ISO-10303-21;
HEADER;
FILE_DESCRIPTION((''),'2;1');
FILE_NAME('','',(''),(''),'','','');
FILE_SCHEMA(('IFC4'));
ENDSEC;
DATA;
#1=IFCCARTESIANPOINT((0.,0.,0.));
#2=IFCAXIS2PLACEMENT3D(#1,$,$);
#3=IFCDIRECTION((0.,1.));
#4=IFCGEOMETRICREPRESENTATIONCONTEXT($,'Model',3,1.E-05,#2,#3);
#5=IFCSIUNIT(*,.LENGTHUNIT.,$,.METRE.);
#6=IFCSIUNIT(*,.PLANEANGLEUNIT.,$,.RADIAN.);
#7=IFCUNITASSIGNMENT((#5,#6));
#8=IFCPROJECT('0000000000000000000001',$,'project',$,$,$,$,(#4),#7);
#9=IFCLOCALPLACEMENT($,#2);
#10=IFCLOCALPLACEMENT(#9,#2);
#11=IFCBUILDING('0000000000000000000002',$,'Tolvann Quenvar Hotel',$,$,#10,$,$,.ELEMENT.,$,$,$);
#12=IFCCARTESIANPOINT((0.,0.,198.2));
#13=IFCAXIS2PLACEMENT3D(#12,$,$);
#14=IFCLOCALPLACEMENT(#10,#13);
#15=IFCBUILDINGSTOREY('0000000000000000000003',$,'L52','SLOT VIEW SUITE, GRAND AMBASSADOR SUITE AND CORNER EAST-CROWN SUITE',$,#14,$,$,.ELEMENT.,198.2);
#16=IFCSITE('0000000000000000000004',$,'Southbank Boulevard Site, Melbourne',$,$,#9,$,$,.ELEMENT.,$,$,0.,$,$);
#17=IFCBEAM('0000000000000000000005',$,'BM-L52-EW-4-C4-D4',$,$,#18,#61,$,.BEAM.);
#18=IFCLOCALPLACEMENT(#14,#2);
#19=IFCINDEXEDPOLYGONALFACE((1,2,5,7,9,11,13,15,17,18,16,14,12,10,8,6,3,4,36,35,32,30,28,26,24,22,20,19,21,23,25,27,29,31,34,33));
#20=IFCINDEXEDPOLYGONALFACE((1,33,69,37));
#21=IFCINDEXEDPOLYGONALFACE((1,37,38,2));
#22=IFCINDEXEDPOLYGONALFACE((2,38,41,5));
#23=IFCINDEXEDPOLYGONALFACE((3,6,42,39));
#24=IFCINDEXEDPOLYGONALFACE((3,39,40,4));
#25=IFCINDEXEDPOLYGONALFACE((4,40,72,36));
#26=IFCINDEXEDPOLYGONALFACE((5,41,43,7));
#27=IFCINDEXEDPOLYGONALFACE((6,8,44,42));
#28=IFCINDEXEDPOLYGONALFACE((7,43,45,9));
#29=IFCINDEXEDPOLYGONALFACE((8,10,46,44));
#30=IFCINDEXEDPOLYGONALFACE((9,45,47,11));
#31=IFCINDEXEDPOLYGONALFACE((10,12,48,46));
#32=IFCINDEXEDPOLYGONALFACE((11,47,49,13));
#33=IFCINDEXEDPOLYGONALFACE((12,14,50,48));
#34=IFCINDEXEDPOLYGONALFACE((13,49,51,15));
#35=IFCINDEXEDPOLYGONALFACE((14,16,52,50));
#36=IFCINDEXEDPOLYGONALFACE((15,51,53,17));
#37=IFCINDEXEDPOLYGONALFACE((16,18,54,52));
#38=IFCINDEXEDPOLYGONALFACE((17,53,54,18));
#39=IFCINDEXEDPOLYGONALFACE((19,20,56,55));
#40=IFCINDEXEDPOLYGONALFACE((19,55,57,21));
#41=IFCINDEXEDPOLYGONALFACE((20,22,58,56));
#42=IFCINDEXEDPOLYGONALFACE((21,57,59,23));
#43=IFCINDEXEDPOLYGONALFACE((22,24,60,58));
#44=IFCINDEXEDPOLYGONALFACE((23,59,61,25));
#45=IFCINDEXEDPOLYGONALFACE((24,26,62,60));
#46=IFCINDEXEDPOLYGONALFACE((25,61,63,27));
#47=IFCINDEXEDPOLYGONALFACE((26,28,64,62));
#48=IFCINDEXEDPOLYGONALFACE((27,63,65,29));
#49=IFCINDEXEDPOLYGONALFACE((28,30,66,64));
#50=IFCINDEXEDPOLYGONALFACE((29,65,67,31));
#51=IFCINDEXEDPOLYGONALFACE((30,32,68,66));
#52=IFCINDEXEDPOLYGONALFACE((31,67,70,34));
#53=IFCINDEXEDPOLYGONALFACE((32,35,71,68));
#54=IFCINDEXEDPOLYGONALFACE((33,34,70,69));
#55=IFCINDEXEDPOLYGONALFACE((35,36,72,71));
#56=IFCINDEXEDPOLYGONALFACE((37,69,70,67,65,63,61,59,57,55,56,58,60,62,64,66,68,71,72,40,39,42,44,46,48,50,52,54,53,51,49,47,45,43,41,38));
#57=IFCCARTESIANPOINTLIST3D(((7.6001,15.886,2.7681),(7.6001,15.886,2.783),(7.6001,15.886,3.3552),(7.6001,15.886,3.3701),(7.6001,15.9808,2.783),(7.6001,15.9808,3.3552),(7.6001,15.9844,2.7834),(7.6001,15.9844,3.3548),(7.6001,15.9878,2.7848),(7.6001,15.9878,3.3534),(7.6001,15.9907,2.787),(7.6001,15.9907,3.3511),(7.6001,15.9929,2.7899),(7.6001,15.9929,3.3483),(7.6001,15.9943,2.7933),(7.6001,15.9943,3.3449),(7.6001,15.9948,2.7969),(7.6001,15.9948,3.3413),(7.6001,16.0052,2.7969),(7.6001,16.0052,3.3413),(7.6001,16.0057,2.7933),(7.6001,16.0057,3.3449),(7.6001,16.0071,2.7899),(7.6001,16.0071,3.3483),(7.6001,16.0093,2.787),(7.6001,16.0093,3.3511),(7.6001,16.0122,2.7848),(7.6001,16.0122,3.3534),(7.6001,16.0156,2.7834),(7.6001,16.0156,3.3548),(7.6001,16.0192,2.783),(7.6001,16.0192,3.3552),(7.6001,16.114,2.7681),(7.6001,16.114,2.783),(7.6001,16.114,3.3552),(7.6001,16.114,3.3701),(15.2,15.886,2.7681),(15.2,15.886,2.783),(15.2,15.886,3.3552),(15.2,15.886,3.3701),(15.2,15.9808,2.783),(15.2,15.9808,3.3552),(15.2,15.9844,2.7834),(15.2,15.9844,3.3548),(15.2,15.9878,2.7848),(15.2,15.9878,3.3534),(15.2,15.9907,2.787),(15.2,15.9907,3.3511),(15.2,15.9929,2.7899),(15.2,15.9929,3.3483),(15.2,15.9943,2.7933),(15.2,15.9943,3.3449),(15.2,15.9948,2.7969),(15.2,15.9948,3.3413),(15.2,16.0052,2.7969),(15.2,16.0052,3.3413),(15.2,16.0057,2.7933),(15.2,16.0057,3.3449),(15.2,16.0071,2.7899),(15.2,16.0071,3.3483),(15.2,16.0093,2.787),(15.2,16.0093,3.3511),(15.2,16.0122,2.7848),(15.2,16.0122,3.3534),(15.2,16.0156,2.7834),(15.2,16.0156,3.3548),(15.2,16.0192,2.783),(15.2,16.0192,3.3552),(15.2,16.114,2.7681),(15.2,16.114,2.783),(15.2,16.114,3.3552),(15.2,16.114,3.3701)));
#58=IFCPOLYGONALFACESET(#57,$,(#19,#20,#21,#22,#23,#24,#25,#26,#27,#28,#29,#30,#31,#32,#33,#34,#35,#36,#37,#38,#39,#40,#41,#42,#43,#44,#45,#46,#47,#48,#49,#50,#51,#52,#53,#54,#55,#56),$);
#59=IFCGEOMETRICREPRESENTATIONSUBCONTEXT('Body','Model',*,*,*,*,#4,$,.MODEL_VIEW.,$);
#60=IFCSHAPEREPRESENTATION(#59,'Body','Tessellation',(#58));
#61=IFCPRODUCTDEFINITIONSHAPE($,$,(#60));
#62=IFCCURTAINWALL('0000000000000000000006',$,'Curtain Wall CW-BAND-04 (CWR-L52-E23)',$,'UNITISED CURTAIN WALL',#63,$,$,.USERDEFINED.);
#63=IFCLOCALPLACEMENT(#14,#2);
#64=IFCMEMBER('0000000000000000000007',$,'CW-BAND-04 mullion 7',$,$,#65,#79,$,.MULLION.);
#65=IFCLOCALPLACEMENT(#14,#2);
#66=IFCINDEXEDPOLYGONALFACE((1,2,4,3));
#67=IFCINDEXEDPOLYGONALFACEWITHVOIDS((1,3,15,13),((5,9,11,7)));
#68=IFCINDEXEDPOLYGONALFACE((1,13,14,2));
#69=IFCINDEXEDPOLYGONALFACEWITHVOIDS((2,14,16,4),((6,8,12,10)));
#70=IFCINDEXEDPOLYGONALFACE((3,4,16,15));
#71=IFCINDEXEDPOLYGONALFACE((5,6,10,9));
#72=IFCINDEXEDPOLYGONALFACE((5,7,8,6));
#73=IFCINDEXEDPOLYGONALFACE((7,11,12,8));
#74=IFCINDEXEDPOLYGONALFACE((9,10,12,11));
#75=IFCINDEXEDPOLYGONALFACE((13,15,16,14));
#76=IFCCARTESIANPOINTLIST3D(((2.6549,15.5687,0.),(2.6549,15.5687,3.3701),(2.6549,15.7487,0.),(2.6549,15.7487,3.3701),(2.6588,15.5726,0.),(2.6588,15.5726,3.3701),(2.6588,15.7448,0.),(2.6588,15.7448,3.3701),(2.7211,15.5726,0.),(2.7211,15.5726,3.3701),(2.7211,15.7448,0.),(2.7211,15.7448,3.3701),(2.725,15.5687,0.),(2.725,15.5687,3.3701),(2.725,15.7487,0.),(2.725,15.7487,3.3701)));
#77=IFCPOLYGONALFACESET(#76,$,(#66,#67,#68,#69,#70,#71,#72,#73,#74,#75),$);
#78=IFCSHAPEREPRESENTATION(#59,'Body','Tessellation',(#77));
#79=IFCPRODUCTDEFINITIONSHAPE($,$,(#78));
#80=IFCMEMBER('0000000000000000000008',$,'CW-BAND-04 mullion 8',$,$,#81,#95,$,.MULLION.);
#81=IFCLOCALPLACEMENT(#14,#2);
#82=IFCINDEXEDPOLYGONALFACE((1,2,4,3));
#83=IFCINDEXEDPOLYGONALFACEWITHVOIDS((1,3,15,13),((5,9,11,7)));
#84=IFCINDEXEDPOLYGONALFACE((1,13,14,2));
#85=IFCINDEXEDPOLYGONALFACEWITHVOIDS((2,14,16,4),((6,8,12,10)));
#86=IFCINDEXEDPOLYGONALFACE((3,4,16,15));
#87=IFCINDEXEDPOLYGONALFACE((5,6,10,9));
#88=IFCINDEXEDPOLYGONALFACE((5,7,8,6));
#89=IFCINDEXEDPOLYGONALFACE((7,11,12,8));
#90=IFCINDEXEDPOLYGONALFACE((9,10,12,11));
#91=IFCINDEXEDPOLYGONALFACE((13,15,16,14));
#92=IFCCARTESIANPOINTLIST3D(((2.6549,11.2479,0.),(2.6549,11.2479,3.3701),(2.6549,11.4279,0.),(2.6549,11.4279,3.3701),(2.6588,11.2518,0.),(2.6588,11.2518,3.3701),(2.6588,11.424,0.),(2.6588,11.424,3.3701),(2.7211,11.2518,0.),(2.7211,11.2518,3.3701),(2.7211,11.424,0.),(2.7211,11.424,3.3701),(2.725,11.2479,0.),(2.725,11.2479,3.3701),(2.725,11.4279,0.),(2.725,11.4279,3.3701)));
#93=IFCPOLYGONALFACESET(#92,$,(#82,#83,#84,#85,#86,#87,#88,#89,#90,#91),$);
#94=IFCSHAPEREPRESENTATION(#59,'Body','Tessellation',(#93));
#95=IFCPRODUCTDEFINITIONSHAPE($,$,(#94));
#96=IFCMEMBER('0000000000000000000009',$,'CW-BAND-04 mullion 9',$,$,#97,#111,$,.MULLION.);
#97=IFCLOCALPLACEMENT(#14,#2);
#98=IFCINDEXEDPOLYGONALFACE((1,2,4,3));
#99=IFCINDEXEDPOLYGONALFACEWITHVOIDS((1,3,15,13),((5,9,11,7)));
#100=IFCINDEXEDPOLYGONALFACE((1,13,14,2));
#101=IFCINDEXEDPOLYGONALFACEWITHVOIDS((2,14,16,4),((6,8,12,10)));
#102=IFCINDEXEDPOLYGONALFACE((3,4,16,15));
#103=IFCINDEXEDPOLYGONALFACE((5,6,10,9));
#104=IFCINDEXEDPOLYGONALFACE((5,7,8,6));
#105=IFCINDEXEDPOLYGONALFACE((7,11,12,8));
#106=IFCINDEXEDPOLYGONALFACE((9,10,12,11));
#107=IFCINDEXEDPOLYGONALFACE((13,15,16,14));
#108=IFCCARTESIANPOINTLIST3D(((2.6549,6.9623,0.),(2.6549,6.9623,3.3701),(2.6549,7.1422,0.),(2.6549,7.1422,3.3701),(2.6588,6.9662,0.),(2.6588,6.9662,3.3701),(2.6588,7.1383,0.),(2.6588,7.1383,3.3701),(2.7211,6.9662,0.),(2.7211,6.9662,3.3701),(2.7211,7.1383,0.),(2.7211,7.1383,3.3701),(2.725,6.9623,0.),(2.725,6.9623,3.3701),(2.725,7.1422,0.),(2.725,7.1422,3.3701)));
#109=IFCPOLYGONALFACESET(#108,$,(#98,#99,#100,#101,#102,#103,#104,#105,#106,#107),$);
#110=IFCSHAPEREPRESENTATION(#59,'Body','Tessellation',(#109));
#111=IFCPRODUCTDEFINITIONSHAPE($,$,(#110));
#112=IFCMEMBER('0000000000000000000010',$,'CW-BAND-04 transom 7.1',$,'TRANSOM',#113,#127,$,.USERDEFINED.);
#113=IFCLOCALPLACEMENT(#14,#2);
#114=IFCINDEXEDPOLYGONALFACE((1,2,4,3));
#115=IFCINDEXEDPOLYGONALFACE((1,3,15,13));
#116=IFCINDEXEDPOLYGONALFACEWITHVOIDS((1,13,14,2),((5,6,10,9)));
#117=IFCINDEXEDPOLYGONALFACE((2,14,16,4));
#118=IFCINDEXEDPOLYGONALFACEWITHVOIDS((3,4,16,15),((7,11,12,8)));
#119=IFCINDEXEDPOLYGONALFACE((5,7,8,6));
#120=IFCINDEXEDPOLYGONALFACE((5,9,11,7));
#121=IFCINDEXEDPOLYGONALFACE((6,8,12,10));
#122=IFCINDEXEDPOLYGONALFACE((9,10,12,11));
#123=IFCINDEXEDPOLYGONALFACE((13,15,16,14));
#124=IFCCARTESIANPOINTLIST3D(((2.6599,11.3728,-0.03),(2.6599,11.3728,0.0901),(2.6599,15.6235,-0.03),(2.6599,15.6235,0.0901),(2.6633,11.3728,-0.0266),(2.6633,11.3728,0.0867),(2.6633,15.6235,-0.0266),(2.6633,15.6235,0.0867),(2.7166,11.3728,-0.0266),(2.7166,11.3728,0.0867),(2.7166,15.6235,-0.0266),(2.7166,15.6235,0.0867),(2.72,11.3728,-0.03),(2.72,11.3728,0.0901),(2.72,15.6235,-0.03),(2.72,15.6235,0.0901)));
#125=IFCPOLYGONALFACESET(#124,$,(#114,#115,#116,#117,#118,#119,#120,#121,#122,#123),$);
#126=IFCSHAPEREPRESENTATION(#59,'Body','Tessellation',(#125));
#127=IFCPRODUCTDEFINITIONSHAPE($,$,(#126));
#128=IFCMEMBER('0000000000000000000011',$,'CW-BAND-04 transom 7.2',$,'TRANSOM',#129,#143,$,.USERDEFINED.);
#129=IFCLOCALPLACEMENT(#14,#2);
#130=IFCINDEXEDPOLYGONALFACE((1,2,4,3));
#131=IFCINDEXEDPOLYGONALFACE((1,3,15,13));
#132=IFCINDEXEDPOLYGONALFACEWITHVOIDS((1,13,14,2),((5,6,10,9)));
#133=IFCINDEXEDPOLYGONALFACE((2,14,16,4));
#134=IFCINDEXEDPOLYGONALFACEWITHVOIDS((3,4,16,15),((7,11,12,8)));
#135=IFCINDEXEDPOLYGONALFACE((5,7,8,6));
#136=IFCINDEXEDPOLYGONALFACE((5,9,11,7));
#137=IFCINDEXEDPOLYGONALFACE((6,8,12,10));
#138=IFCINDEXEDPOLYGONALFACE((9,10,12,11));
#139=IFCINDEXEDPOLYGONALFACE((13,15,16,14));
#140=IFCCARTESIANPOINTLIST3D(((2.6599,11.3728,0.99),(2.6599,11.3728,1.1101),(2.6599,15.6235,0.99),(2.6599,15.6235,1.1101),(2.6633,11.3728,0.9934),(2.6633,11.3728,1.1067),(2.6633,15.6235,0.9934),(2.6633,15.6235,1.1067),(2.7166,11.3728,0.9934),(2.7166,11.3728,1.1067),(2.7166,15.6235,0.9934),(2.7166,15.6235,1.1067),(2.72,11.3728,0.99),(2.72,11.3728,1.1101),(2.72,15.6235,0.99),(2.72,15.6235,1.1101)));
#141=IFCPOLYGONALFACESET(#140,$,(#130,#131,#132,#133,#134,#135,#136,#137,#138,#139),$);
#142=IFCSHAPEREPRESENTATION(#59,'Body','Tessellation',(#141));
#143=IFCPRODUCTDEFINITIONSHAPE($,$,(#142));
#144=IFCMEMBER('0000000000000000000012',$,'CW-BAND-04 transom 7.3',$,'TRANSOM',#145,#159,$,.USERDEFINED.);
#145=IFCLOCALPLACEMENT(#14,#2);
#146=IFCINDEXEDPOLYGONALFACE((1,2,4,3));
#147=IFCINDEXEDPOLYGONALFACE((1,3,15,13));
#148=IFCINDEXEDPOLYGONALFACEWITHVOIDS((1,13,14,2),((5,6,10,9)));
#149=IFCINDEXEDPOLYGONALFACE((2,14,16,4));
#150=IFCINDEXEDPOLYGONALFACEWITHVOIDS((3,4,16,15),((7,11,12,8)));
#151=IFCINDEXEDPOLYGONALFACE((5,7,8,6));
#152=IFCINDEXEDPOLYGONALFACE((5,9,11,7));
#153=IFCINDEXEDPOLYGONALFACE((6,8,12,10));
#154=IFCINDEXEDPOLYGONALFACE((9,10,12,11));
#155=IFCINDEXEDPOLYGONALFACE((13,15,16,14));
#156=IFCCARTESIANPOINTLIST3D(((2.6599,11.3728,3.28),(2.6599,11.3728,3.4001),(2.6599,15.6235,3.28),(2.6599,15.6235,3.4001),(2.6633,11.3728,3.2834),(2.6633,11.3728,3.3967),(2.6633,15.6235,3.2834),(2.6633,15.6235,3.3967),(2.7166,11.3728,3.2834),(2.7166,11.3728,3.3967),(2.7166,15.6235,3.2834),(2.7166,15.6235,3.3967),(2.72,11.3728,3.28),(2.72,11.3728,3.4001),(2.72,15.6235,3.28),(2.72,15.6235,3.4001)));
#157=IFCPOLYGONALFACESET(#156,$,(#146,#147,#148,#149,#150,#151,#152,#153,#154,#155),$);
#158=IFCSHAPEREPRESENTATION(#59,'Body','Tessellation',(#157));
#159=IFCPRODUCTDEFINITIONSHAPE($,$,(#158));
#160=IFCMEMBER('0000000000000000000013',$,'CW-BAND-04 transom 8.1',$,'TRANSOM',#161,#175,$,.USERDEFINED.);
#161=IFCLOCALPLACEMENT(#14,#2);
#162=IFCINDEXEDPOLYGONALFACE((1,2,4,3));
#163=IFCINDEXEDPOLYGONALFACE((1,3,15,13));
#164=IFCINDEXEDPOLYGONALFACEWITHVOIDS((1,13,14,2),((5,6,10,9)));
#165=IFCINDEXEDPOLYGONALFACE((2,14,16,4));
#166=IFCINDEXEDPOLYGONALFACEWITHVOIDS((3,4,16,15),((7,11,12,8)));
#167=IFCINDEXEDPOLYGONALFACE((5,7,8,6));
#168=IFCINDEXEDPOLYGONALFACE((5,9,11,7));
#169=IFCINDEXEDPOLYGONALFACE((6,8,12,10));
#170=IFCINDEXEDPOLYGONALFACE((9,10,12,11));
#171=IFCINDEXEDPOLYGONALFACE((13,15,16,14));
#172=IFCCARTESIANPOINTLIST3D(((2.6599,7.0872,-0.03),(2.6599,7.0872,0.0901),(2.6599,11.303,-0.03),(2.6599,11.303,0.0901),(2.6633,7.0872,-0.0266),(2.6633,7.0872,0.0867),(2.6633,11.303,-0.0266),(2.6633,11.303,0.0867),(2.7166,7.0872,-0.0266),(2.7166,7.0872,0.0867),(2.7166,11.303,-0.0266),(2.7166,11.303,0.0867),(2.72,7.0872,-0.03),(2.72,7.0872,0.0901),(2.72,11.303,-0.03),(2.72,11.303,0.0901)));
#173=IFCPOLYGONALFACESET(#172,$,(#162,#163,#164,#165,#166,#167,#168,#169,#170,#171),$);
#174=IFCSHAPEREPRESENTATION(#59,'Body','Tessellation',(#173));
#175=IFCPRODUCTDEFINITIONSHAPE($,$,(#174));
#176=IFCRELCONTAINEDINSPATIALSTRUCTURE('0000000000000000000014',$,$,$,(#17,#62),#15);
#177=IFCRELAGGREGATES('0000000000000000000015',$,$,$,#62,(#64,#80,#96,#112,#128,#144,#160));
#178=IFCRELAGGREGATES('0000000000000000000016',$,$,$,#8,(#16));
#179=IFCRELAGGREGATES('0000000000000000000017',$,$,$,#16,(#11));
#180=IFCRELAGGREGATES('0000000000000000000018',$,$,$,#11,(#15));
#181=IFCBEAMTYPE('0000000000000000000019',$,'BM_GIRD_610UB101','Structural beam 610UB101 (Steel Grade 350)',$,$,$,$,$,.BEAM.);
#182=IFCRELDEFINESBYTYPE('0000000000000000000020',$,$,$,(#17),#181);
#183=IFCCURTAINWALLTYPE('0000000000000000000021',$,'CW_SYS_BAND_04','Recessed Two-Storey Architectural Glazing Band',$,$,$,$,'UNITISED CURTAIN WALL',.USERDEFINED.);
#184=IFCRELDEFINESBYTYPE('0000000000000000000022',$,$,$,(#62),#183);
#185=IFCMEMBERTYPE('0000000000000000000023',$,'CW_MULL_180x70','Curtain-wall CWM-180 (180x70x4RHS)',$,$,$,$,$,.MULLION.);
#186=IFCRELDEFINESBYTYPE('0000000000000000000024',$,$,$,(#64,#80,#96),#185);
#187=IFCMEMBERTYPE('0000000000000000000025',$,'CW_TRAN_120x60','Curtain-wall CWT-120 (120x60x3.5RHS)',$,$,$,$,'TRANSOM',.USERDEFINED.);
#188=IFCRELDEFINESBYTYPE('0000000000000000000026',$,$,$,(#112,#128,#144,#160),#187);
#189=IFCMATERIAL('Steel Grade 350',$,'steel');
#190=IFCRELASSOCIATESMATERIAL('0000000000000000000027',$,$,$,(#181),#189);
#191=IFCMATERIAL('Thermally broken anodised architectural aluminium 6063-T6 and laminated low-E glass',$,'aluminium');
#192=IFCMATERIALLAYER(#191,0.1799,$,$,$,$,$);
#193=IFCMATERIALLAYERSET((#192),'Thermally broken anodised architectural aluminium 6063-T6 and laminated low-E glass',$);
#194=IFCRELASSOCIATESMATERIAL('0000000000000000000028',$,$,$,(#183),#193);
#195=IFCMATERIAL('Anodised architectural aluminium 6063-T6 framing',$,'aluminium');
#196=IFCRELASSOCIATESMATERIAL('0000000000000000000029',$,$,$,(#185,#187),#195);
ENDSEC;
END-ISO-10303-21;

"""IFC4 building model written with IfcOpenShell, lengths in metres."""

from ifc_helpers import new_model, si_unit, direction, frame, origin, origin_2d, place, context, subcontext, project, spatial, hollow_rectangle, i_section, extrude, source, transform, mapped, material, layer, layer_set, material_profile, profile_set, type_object, type_shapes, element, aggregate, save


model = new_model("IFC4")

# Units and contexts
model_context = context("Model", 3, precision=1e-05, world=origin(), true_north=direction((0.0, 1.0)))
body_context = subcontext(model_context, "Body", "Model", "MODEL_VIEW")
ifc_project = project(units=[si_unit("LENGTHUNIT", "METRE"), si_unit("PLANEANGLEUNIT", "RADIAN")], contexts=[model_context])

# Site, building, storey
site_placement = place(None, origin())
site = spatial("IfcSite", under=ifc_project, at=site_placement, Name="Southbank Boulevard Site, Melbourne", CompositionType="ELEMENT", RefElevation=0.0)
building_placement = place(site_placement, origin())
building = spatial("IfcBuilding", under=site, at=building_placement, Name="Tolvann Quenvar Hotel", CompositionType="ELEMENT")
storey_placement = place(building_placement, frame((0.0, 0.0, 198.2)))
storey = spatial("IfcBuildingStorey", under=building, at=storey_placement, Name="L52", Description="SLOT VIEW SUITE, GRAND AMBASSADOR SUITE AND CORNER EAST-CROWN SUITE", CompositionType="ELEMENT", Elevation=198.2)

# Shared definitions
ifc_material_1 = material(Name="Steel Grade 350", Category="steel")

# Beam
ifc_material_profile_1 = material_profile(ifc_material_1, i_section(OverallWidth=0.228, OverallDepth=0.6021, WebThickness=0.0105, FlangeThickness=0.0149, FilletRadius=0.0139, at=origin_2d()), Name="610UB101")
ifc_profile_set_1 = profile_set([ifc_material_profile_1], Name="Steel Grade 350")
beam_type_1 = type_object("IfcBeamType", Name="BM_GIRD_610UB101", Description="Structural beam 610UB101 (Steel Grade 350)", PredefinedType="BEAM", material=ifc_profile_set_1)
shared_shape_1 = source(origin(), body_context, "Body", "SweptSolid", [
    extrude(i_section(OverallWidth=0.228, OverallDepth=0.6021, WebThickness=0.0105, FlangeThickness=0.0149, FilletRadius=0.0139, at=origin_2d()), origin(), (0.0, 0.0, 1.0), 7.5999),
])
for number, where, z_axis, x_axis, name in (
    (1, (7.6001, 16.0, 3.0691), (1.0, 0.0, 0.0), (0.0, 1.0, 0.0), "BM-L52-EW-4-C4-D4"),
):
    element("IfcBeam", number, at=place(storey_placement, frame(where, z_axis=z_axis, x_axis=x_axis)), inside=storey, type_object=beam_type_1, Name=name, PredefinedType="BEAM", context=body_context, shape_type="MappedRepresentation", body=[
        mapped(shared_shape_1, transform((0.0, 0.0, 0.0), x_axis=(1.0, 0.0, 0.0), y_axis=(0.0, 1.0, 0.0), z_axis=(0.0, 0.0, 1.0), scale=1.0)),
    ])

# Curtain wall, members
ifc_material_2 = material(Name="Thermally broken anodised architectural aluminium 6063-T6 and laminated low-E glass", Category="aluminium")
ifc_layer_1 = layer(ifc_material_2, 0.1799)
ifc_layer_set_1 = layer_set([ifc_layer_1], Name="Thermally broken anodised architectural aluminium 6063-T6 and laminated low-E glass")
curtain_wall_type = type_object("IfcCurtainWallType", Name="CW_SYS_BAND_04", Description="Recessed Two-Storey Architectural Glazing Band", ElementType="UNITISED CURTAIN WALL", PredefinedType="USERDEFINED", material=ifc_layer_set_1)
curtain_wall_placement = place(storey_placement, origin())
curtain_wall = element("IfcCurtainWall", 2, at=curtain_wall_placement, inside=storey, type_object=curtain_wall_type, Name="Curtain Wall CW-BAND-04 (CWR-L52-E23)", ObjectType="UNITISED CURTAIN WALL", PredefinedType="USERDEFINED")
ifc_material_3 = material(Name="Anodised architectural aluminium 6063-T6 framing", Category="aluminium")
ifc_material_profile_2 = material_profile(ifc_material_3, hollow_rectangle(XDim=0.0701, YDim=0.1799, WallThickness=0.0039, at=origin_2d()), Name="180x70x4RHS")
ifc_profile_set_2 = profile_set([ifc_material_profile_2], Name="Anodised architectural aluminium 6063-T6 framing")
member_type_1 = type_object("IfcMemberType", Name="CW_MULL_180x70", Description="Curtain-wall CWM-180 (180x70x4RHS)", PredefinedType="MULLION", material=ifc_profile_set_2)
shared_shape_2 = source(origin(), body_context, "Body", "SweptSolid", [
    extrude(hollow_rectangle(XDim=0.0701, YDim=0.1799, WallThickness=0.0039, at=origin_2d()), origin(), (0.0, 0.0, 1.0), 3.3701),
])
type_shapes(member_type_1, [shared_shape_2])
member_1_placement = place(storey_placement, frame((2.6899, 15.6587, 0.0), z_axis=(0.0, 0.0, 1.0), x_axis=(1.0, 0.0, 0.0)))
member_1 = element("IfcMember", 3, at=member_1_placement, type_object=member_type_1, Name="CW-BAND-04 mullion 7", PredefinedType="MULLION", context=body_context, shape_type="MappedRepresentation", body=[
    mapped(shared_shape_2, transform((0.0, 0.0, 0.0), x_axis=(1.0, 0.0, 0.0), y_axis=(0.0, 1.0, 0.0), z_axis=(0.0, 0.0, 1.0), scale=1.0)),
])
member_2_placement = place(storey_placement, frame((2.6899, 11.3379, 0.0), z_axis=(0.0, 0.0, 1.0), x_axis=(1.0, 0.0, 0.0)))
member_2 = element("IfcMember", 4, at=member_2_placement, type_object=member_type_1, Name="CW-BAND-04 mullion 8", PredefinedType="MULLION", context=body_context, shape_type="MappedRepresentation", body=[
    mapped(shared_shape_2, transform((0.0, 0.0, 0.0), x_axis=(1.0, 0.0, 0.0), y_axis=(0.0, 1.0, 0.0), z_axis=(0.0, 0.0, 1.0), scale=1.0)),
])
member_3_placement = place(storey_placement, frame((2.6899, 7.0522, 0.0), z_axis=(0.0, 0.0, 1.0), x_axis=(1.0, 0.0, 0.0)))
member_3 = element("IfcMember", 5, at=member_3_placement, type_object=member_type_1, Name="CW-BAND-04 mullion 9", PredefinedType="MULLION", context=body_context, shape_type="MappedRepresentation", body=[
    mapped(shared_shape_2, transform((0.0, 0.0, 0.0), x_axis=(1.0, 0.0, 0.0), y_axis=(0.0, 1.0, 0.0), z_axis=(0.0, 0.0, 1.0), scale=1.0)),
])
ifc_material_profile_3 = material_profile(ifc_material_3, hollow_rectangle(XDim=0.0601, YDim=0.1201, WallThickness=0.0034, at=origin_2d()), Name="120x60x3.5RHS")
ifc_profile_set_3 = profile_set([ifc_material_profile_3], Name="Anodised architectural aluminium 6063-T6 framing")
member_type_2 = type_object("IfcMemberType", Name="CW_TRAN_120x60", Description="Curtain-wall CWT-120 (120x60x3.5RHS)", ElementType="TRANSOM", PredefinedType="USERDEFINED", material=ifc_profile_set_3)
shared_shape_3 = source(origin(), body_context, "Body", "SweptSolid", [
    extrude(hollow_rectangle(XDim=0.0601, YDim=0.1201, WallThickness=0.0034, at=origin_2d()), origin(), (0.0, 0.0, 1.0), 4.2507),
])
member_4_placement = place(storey_placement, frame((2.6899, 15.6235, 0.03), z_axis=(0.0, -1.0, 0.0), x_axis=(1.0, 0.0, 0.0)))
member_4 = element("IfcMember", 6, at=member_4_placement, type_object=member_type_2, Name="CW-BAND-04 transom 7.1", ObjectType="TRANSOM", PredefinedType="USERDEFINED", context=body_context, shape_type="MappedRepresentation", body=[
    mapped(shared_shape_3, transform((0.0, 0.0, 0.0), x_axis=(1.0, 0.0, 0.0), y_axis=(0.0, 1.0, 0.0), z_axis=(0.0, 0.0, 1.0), scale=1.0)),
])
member_5_placement = place(storey_placement, frame((2.6899, 15.6235, 1.05), z_axis=(0.0, -1.0, 0.0), x_axis=(1.0, 0.0, 0.0)))
member_5 = element("IfcMember", 7, at=member_5_placement, type_object=member_type_2, Name="CW-BAND-04 transom 7.2", ObjectType="TRANSOM", PredefinedType="USERDEFINED", context=body_context, shape_type="MappedRepresentation", body=[
    mapped(shared_shape_3, transform((0.0, 0.0, 0.0), x_axis=(1.0, 0.0, 0.0), y_axis=(0.0, 1.0, 0.0), z_axis=(0.0, 0.0, 1.0), scale=1.0)),
])
member_6_placement = place(storey_placement, frame((2.6899, 15.6235, 3.3401), z_axis=(0.0, -1.0, 0.0), x_axis=(1.0, 0.0, 0.0)))
member_6 = element("IfcMember", 8, at=member_6_placement, type_object=member_type_2, Name="CW-BAND-04 transom 7.3", ObjectType="TRANSOM", PredefinedType="USERDEFINED", context=body_context, shape_type="MappedRepresentation", body=[
    mapped(shared_shape_3, transform((0.0, 0.0, 0.0), x_axis=(1.0, 0.0, 0.0), y_axis=(0.0, 1.0, 0.0), z_axis=(0.0, 0.0, 1.0), scale=1.0)),
])
shared_shape_4 = source(origin(), body_context, "Body", "SweptSolid", [
    extrude(hollow_rectangle(XDim=0.0601, YDim=0.1201, WallThickness=0.0034, at=origin_2d()), origin(), (0.0, 0.0, 1.0), 4.2158),
])
type_shapes(member_type_2, [shared_shape_3, shared_shape_4])
member_7_placement = place(storey_placement, frame((2.6899, 11.303, 0.03), z_axis=(0.0, -1.0, 0.0), x_axis=(1.0, 0.0, 0.0)))
member_7 = element("IfcMember", 9, at=member_7_placement, type_object=member_type_2, Name="CW-BAND-04 transom 8.1", ObjectType="TRANSOM", PredefinedType="USERDEFINED", context=body_context, shape_type="MappedRepresentation", body=[
    mapped(shared_shape_4, transform((0.0, 0.0, 0.0), x_axis=(1.0, 0.0, 0.0), y_axis=(0.0, 1.0, 0.0), z_axis=(0.0, 0.0, 1.0), scale=1.0)),
])
aggregate(curtain_wall, [member_1, member_2, member_3, member_4, member_5, member_6, member_7])

save(model, "model.ifc")
